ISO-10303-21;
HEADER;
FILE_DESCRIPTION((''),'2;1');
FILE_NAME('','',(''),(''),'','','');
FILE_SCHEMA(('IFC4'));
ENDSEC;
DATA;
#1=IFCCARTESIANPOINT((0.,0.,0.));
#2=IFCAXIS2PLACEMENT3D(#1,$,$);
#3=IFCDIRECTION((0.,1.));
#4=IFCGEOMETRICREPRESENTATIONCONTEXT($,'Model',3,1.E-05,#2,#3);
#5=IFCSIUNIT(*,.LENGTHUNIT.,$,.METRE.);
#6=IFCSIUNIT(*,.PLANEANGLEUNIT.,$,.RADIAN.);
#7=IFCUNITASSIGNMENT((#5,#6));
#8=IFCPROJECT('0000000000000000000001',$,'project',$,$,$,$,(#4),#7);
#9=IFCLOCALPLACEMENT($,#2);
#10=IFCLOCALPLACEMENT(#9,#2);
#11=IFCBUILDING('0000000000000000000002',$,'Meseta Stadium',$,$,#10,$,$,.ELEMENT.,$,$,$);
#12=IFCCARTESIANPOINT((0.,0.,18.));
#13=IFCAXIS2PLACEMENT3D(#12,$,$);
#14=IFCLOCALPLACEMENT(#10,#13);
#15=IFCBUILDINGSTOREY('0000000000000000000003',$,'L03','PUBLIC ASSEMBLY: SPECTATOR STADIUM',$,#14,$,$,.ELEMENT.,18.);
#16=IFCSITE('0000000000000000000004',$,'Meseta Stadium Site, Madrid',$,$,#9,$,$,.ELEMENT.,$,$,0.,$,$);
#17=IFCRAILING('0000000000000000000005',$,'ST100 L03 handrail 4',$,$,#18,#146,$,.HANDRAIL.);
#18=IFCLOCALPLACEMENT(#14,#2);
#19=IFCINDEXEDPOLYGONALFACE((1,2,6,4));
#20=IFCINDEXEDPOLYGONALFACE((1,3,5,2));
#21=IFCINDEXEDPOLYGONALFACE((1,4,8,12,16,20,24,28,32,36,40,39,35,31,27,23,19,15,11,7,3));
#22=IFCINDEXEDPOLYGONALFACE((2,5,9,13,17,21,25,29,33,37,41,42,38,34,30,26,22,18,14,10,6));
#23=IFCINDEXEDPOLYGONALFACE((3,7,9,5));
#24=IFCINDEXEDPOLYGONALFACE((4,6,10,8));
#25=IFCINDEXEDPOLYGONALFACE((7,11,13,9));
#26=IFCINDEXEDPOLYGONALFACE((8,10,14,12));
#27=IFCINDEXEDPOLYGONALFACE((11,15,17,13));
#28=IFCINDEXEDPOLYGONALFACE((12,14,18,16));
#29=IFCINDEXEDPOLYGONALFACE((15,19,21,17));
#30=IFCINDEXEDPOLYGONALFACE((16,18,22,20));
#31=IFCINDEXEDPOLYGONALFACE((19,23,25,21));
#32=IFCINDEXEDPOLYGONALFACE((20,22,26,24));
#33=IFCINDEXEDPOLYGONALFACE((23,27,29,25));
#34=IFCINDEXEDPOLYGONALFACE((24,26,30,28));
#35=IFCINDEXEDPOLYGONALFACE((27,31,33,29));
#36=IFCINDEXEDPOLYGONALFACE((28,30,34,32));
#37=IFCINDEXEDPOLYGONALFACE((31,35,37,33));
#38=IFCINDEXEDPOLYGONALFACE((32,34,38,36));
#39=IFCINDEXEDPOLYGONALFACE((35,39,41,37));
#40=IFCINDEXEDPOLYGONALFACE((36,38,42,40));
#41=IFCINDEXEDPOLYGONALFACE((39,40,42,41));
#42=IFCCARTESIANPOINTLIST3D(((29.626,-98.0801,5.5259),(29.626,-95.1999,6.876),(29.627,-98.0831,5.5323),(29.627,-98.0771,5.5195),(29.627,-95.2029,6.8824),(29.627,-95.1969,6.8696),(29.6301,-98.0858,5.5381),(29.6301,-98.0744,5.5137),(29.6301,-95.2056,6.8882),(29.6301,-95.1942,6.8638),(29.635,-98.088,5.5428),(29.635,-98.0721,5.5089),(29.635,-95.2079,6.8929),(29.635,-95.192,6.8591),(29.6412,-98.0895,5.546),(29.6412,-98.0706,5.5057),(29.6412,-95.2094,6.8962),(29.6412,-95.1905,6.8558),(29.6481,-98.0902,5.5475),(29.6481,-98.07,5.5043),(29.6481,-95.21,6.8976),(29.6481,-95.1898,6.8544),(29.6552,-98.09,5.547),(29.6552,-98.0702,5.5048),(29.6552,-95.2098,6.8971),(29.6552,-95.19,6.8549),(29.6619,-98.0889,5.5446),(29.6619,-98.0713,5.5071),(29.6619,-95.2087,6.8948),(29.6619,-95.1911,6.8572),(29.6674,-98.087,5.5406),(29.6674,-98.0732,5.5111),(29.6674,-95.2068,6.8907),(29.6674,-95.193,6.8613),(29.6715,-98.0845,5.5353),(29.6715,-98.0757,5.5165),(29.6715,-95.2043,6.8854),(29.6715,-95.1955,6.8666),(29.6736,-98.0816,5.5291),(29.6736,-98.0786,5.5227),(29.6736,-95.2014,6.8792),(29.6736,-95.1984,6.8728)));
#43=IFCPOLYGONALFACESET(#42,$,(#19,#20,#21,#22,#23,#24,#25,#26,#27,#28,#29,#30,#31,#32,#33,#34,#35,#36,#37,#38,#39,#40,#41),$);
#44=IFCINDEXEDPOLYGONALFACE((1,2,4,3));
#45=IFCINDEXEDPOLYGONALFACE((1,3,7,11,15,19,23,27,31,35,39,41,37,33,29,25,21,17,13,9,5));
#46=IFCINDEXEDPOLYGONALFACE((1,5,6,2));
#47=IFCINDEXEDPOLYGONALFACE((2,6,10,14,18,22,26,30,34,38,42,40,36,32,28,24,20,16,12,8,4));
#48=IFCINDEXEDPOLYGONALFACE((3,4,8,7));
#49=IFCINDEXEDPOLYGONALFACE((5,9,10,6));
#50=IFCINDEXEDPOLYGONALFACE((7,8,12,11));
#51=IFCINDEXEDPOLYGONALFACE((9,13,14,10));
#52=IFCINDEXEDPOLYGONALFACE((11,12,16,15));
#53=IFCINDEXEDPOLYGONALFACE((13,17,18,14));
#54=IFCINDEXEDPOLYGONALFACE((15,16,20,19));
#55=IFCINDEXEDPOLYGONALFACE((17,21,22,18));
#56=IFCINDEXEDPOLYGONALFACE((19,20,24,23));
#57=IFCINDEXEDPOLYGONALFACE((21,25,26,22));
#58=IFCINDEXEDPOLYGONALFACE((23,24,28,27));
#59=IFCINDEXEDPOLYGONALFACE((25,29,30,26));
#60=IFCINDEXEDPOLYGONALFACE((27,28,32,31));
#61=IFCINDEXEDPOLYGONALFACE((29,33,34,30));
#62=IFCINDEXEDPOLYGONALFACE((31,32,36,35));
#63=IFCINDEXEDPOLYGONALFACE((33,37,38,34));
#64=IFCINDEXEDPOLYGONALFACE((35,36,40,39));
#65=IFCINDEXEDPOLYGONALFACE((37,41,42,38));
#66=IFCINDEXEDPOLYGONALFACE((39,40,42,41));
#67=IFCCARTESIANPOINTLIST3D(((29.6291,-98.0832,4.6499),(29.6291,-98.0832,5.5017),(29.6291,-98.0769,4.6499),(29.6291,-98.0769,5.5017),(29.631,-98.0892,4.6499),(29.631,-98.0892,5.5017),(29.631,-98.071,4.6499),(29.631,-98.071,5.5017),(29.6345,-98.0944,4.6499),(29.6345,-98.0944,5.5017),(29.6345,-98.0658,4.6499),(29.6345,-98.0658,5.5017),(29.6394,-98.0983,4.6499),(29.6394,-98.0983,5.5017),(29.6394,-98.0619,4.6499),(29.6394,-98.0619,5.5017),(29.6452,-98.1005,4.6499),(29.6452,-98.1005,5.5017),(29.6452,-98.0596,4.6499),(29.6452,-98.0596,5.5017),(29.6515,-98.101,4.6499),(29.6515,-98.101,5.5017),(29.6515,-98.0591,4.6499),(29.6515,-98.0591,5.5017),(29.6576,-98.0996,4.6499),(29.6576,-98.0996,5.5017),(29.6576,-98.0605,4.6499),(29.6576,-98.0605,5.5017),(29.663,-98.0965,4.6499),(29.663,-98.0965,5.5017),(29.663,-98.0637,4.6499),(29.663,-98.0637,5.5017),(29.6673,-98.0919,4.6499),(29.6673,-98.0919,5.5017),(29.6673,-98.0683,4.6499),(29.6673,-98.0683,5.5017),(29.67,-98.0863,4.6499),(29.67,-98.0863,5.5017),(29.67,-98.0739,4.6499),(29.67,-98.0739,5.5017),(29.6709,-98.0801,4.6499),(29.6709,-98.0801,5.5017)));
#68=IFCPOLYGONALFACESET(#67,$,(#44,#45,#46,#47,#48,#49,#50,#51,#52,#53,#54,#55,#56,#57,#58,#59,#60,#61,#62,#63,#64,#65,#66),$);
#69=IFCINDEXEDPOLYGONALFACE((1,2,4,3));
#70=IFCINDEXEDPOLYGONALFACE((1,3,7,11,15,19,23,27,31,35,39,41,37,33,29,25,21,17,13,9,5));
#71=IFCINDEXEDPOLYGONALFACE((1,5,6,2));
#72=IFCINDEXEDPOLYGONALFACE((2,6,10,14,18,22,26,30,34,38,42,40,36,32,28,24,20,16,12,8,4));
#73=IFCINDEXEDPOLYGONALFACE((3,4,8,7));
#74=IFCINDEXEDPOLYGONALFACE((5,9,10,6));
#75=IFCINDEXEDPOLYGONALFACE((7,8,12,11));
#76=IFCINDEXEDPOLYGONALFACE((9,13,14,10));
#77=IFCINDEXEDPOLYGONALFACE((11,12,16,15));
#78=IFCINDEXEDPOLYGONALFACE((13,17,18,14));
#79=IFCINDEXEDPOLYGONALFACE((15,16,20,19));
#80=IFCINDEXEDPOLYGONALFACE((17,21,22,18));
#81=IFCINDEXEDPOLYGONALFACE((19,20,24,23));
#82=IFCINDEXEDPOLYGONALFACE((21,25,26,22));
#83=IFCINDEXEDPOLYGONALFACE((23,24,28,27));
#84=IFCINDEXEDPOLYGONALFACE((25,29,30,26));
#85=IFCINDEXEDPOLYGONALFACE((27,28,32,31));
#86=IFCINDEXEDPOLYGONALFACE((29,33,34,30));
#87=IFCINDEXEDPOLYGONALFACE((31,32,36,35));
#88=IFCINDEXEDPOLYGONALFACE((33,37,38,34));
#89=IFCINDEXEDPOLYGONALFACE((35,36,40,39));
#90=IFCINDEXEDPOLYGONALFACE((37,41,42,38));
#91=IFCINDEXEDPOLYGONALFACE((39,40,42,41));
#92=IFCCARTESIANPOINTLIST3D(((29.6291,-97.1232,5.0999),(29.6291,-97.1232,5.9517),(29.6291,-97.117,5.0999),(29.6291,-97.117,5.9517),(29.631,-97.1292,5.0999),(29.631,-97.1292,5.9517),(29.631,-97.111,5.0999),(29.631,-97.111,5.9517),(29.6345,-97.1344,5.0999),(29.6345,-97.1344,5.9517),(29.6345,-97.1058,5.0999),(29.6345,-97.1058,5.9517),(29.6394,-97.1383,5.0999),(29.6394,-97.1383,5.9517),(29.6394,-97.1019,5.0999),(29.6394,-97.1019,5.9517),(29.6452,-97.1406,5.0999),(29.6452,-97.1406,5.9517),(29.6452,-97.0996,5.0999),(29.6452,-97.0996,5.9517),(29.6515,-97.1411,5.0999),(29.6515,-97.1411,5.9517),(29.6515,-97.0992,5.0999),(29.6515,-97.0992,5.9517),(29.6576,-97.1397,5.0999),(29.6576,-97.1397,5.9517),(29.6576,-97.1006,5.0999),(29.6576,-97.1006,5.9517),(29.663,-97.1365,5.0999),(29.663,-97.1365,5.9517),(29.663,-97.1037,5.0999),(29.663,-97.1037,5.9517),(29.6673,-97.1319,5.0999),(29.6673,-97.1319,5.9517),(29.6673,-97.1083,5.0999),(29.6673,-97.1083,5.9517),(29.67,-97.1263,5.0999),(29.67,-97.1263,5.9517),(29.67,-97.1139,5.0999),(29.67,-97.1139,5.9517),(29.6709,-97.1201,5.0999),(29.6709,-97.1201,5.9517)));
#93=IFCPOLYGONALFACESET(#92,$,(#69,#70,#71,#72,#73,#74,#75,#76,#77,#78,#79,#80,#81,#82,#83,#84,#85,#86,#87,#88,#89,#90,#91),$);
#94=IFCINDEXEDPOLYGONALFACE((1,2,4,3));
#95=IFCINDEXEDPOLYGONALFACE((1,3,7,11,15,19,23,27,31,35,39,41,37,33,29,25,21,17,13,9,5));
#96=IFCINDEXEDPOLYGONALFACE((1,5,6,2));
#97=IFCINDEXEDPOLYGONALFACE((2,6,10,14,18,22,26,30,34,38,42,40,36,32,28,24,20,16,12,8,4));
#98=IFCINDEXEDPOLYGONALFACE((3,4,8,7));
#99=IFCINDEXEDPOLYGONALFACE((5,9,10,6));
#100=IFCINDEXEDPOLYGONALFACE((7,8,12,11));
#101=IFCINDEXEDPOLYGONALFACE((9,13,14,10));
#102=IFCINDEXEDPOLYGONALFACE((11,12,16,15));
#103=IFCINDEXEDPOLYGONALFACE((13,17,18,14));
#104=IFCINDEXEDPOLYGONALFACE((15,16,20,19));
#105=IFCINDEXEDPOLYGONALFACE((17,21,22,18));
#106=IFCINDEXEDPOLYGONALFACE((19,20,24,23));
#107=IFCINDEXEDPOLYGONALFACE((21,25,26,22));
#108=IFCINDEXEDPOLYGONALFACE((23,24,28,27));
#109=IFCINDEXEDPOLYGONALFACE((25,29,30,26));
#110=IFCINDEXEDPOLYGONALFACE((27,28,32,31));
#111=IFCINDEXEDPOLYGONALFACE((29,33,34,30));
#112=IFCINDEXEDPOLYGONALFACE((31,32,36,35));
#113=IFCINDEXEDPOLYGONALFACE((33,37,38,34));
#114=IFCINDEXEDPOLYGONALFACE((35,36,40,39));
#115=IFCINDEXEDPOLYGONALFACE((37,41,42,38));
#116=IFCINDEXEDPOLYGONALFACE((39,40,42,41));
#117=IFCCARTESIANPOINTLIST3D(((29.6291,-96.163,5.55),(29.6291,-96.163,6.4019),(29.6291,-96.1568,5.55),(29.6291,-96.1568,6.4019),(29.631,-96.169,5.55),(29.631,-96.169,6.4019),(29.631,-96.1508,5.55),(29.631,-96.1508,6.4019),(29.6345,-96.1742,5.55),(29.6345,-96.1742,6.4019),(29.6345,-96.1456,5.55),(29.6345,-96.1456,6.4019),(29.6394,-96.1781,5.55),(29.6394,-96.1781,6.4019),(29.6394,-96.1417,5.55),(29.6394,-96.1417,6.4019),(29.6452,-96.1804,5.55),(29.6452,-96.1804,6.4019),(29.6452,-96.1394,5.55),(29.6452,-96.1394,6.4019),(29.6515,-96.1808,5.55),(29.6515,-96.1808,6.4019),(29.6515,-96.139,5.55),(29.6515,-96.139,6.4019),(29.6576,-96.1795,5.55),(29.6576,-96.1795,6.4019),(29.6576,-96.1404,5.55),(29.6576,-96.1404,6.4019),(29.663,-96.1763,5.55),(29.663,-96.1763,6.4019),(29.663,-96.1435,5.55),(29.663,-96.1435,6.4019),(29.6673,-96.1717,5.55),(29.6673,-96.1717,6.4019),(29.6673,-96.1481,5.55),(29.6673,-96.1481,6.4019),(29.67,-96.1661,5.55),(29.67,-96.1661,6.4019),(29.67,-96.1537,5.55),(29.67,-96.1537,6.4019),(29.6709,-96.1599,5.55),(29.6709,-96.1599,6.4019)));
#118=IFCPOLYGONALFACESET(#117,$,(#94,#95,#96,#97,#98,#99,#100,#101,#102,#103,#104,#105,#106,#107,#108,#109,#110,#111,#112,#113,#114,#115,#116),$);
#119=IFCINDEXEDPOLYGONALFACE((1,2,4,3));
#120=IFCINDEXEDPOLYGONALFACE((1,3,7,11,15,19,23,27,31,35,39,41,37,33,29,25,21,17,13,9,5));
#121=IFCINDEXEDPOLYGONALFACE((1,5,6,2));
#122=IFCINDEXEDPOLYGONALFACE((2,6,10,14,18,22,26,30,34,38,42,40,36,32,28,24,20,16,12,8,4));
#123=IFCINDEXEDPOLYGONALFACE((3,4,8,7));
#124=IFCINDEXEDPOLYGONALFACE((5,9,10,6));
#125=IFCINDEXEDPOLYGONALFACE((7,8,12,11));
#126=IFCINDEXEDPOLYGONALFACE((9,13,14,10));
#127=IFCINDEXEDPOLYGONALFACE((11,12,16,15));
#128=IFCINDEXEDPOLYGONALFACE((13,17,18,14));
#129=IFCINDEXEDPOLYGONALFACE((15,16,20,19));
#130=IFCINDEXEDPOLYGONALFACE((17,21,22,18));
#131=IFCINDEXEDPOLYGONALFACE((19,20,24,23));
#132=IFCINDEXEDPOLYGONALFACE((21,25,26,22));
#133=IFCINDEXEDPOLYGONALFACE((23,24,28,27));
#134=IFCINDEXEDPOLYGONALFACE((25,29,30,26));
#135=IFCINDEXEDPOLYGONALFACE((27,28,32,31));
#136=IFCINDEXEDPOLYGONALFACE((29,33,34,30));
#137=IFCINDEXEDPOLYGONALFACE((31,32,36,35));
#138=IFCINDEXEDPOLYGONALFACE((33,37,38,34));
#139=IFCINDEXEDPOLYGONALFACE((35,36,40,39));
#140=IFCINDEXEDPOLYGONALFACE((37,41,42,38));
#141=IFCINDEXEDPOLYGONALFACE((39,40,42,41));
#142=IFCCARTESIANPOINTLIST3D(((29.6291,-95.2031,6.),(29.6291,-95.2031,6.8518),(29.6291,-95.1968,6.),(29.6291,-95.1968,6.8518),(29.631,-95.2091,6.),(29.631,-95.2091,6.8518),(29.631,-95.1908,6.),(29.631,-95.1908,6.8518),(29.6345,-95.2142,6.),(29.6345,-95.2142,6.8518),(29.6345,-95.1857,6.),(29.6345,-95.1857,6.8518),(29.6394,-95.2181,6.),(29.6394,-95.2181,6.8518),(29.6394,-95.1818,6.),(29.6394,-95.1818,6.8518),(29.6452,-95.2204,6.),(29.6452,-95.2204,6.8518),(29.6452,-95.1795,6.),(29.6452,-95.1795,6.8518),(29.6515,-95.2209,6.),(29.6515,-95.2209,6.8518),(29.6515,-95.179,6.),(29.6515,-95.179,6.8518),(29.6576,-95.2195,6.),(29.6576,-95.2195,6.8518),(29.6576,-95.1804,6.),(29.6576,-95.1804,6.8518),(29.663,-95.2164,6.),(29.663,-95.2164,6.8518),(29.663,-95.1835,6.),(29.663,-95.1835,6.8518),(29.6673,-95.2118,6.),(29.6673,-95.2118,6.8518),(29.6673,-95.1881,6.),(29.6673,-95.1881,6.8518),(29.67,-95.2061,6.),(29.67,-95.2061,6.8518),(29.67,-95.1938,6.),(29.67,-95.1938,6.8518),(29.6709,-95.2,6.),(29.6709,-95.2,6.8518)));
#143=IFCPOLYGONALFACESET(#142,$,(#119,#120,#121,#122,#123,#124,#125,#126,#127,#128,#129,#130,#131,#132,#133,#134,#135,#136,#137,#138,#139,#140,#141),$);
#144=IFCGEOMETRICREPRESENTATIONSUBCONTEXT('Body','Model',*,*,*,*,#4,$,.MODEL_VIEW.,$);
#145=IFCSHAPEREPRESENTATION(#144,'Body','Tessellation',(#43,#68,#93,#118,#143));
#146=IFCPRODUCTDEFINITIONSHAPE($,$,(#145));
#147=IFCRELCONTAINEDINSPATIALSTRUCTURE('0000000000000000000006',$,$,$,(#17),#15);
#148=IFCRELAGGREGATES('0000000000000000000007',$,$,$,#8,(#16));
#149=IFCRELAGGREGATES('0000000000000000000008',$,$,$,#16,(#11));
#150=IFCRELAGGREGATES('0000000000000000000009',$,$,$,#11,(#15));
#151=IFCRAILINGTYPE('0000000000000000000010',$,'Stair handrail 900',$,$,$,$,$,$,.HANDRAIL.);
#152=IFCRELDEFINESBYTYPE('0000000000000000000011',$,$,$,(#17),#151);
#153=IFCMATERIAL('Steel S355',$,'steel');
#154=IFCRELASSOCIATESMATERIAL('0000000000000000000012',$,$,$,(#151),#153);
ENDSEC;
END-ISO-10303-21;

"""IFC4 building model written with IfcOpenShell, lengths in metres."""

from ifc_helpers import new_model, si_unit, direction, frame, origin, origin_2d, place, context, subcontext, project, spatial, circle, extrude, material, type_object, element, save


model = new_model("IFC4")

# Units and contexts
model_context = context("Model", 3, precision=1e-05, world=origin(), true_north=direction((0.0, 1.0)))
body_context = subcontext(model_context, "Body", "Model", "MODEL_VIEW")
ifc_project = project(units=[si_unit("LENGTHUNIT", "METRE"), si_unit("PLANEANGLEUNIT", "RADIAN")], contexts=[model_context])

# Site, building, storey
site_placement = place(None, origin())
site = spatial("IfcSite", under=ifc_project, at=site_placement, Name="Meseta Stadium Site, Madrid", CompositionType="ELEMENT", RefElevation=0.0)
building_placement = place(site_placement, origin())
building = spatial("IfcBuilding", under=site, at=building_placement, Name="Meseta Stadium", CompositionType="ELEMENT")
storey_placement = place(building_placement, frame((0.0, 0.0, 18.0)))
storey = spatial("IfcBuildingStorey", under=building, at=storey_placement, Name="L03", Description="PUBLIC ASSEMBLY: SPECTATOR STADIUM", CompositionType="ELEMENT", Elevation=18.0)

# Railing
ifc_material_1 = material(Name="Steel S355", Category="steel")
railing_type_1 = type_object("IfcRailingType", Name="Stair handrail 900", PredefinedType="HANDRAIL", material=ifc_material_1)
for number, where, name in (
    (1, (29.6499, -98.0801, 4.6499), "ST100 L03 handrail 4"),
):
    element("IfcRailing", number, at=place(storey_placement, frame(where)), inside=storey, type_object=railing_type_1, Name=name, PredefinedType="HANDRAIL", context=body_context, shape_type="SweptSolid", body=[
        extrude(circle(Radius=0.0239, at=origin_2d()), frame((0.0, 0.0, 0.876), z_axis=(0.0, 0.905454, 0.424444), x_axis=(-1.0, 0.0, 0.0)), (0.0, 0.0, 1.0), 3.1809),
        extrude(circle(Radius=0.021, at=origin_2d()), origin(), (0.0, 0.0, 1.0), 0.8518),
        extrude(circle(Radius=0.021, at=origin_2d()), frame((0.0, 0.96, 0.45)), (0.0, 0.0, 1.0), 0.8518),
        extrude(circle(Radius=0.021, at=origin_2d()), frame((0.0, 1.9202, 0.9001)), (0.0, 0.0, 1.0), 0.8518),
        extrude(circle(Radius=0.021, at=origin_2d()), frame((0.0, 2.8801, 1.3501)), (0.0, 0.0, 1.0), 0.8518),
    ])

save(model, "model.ifc")
